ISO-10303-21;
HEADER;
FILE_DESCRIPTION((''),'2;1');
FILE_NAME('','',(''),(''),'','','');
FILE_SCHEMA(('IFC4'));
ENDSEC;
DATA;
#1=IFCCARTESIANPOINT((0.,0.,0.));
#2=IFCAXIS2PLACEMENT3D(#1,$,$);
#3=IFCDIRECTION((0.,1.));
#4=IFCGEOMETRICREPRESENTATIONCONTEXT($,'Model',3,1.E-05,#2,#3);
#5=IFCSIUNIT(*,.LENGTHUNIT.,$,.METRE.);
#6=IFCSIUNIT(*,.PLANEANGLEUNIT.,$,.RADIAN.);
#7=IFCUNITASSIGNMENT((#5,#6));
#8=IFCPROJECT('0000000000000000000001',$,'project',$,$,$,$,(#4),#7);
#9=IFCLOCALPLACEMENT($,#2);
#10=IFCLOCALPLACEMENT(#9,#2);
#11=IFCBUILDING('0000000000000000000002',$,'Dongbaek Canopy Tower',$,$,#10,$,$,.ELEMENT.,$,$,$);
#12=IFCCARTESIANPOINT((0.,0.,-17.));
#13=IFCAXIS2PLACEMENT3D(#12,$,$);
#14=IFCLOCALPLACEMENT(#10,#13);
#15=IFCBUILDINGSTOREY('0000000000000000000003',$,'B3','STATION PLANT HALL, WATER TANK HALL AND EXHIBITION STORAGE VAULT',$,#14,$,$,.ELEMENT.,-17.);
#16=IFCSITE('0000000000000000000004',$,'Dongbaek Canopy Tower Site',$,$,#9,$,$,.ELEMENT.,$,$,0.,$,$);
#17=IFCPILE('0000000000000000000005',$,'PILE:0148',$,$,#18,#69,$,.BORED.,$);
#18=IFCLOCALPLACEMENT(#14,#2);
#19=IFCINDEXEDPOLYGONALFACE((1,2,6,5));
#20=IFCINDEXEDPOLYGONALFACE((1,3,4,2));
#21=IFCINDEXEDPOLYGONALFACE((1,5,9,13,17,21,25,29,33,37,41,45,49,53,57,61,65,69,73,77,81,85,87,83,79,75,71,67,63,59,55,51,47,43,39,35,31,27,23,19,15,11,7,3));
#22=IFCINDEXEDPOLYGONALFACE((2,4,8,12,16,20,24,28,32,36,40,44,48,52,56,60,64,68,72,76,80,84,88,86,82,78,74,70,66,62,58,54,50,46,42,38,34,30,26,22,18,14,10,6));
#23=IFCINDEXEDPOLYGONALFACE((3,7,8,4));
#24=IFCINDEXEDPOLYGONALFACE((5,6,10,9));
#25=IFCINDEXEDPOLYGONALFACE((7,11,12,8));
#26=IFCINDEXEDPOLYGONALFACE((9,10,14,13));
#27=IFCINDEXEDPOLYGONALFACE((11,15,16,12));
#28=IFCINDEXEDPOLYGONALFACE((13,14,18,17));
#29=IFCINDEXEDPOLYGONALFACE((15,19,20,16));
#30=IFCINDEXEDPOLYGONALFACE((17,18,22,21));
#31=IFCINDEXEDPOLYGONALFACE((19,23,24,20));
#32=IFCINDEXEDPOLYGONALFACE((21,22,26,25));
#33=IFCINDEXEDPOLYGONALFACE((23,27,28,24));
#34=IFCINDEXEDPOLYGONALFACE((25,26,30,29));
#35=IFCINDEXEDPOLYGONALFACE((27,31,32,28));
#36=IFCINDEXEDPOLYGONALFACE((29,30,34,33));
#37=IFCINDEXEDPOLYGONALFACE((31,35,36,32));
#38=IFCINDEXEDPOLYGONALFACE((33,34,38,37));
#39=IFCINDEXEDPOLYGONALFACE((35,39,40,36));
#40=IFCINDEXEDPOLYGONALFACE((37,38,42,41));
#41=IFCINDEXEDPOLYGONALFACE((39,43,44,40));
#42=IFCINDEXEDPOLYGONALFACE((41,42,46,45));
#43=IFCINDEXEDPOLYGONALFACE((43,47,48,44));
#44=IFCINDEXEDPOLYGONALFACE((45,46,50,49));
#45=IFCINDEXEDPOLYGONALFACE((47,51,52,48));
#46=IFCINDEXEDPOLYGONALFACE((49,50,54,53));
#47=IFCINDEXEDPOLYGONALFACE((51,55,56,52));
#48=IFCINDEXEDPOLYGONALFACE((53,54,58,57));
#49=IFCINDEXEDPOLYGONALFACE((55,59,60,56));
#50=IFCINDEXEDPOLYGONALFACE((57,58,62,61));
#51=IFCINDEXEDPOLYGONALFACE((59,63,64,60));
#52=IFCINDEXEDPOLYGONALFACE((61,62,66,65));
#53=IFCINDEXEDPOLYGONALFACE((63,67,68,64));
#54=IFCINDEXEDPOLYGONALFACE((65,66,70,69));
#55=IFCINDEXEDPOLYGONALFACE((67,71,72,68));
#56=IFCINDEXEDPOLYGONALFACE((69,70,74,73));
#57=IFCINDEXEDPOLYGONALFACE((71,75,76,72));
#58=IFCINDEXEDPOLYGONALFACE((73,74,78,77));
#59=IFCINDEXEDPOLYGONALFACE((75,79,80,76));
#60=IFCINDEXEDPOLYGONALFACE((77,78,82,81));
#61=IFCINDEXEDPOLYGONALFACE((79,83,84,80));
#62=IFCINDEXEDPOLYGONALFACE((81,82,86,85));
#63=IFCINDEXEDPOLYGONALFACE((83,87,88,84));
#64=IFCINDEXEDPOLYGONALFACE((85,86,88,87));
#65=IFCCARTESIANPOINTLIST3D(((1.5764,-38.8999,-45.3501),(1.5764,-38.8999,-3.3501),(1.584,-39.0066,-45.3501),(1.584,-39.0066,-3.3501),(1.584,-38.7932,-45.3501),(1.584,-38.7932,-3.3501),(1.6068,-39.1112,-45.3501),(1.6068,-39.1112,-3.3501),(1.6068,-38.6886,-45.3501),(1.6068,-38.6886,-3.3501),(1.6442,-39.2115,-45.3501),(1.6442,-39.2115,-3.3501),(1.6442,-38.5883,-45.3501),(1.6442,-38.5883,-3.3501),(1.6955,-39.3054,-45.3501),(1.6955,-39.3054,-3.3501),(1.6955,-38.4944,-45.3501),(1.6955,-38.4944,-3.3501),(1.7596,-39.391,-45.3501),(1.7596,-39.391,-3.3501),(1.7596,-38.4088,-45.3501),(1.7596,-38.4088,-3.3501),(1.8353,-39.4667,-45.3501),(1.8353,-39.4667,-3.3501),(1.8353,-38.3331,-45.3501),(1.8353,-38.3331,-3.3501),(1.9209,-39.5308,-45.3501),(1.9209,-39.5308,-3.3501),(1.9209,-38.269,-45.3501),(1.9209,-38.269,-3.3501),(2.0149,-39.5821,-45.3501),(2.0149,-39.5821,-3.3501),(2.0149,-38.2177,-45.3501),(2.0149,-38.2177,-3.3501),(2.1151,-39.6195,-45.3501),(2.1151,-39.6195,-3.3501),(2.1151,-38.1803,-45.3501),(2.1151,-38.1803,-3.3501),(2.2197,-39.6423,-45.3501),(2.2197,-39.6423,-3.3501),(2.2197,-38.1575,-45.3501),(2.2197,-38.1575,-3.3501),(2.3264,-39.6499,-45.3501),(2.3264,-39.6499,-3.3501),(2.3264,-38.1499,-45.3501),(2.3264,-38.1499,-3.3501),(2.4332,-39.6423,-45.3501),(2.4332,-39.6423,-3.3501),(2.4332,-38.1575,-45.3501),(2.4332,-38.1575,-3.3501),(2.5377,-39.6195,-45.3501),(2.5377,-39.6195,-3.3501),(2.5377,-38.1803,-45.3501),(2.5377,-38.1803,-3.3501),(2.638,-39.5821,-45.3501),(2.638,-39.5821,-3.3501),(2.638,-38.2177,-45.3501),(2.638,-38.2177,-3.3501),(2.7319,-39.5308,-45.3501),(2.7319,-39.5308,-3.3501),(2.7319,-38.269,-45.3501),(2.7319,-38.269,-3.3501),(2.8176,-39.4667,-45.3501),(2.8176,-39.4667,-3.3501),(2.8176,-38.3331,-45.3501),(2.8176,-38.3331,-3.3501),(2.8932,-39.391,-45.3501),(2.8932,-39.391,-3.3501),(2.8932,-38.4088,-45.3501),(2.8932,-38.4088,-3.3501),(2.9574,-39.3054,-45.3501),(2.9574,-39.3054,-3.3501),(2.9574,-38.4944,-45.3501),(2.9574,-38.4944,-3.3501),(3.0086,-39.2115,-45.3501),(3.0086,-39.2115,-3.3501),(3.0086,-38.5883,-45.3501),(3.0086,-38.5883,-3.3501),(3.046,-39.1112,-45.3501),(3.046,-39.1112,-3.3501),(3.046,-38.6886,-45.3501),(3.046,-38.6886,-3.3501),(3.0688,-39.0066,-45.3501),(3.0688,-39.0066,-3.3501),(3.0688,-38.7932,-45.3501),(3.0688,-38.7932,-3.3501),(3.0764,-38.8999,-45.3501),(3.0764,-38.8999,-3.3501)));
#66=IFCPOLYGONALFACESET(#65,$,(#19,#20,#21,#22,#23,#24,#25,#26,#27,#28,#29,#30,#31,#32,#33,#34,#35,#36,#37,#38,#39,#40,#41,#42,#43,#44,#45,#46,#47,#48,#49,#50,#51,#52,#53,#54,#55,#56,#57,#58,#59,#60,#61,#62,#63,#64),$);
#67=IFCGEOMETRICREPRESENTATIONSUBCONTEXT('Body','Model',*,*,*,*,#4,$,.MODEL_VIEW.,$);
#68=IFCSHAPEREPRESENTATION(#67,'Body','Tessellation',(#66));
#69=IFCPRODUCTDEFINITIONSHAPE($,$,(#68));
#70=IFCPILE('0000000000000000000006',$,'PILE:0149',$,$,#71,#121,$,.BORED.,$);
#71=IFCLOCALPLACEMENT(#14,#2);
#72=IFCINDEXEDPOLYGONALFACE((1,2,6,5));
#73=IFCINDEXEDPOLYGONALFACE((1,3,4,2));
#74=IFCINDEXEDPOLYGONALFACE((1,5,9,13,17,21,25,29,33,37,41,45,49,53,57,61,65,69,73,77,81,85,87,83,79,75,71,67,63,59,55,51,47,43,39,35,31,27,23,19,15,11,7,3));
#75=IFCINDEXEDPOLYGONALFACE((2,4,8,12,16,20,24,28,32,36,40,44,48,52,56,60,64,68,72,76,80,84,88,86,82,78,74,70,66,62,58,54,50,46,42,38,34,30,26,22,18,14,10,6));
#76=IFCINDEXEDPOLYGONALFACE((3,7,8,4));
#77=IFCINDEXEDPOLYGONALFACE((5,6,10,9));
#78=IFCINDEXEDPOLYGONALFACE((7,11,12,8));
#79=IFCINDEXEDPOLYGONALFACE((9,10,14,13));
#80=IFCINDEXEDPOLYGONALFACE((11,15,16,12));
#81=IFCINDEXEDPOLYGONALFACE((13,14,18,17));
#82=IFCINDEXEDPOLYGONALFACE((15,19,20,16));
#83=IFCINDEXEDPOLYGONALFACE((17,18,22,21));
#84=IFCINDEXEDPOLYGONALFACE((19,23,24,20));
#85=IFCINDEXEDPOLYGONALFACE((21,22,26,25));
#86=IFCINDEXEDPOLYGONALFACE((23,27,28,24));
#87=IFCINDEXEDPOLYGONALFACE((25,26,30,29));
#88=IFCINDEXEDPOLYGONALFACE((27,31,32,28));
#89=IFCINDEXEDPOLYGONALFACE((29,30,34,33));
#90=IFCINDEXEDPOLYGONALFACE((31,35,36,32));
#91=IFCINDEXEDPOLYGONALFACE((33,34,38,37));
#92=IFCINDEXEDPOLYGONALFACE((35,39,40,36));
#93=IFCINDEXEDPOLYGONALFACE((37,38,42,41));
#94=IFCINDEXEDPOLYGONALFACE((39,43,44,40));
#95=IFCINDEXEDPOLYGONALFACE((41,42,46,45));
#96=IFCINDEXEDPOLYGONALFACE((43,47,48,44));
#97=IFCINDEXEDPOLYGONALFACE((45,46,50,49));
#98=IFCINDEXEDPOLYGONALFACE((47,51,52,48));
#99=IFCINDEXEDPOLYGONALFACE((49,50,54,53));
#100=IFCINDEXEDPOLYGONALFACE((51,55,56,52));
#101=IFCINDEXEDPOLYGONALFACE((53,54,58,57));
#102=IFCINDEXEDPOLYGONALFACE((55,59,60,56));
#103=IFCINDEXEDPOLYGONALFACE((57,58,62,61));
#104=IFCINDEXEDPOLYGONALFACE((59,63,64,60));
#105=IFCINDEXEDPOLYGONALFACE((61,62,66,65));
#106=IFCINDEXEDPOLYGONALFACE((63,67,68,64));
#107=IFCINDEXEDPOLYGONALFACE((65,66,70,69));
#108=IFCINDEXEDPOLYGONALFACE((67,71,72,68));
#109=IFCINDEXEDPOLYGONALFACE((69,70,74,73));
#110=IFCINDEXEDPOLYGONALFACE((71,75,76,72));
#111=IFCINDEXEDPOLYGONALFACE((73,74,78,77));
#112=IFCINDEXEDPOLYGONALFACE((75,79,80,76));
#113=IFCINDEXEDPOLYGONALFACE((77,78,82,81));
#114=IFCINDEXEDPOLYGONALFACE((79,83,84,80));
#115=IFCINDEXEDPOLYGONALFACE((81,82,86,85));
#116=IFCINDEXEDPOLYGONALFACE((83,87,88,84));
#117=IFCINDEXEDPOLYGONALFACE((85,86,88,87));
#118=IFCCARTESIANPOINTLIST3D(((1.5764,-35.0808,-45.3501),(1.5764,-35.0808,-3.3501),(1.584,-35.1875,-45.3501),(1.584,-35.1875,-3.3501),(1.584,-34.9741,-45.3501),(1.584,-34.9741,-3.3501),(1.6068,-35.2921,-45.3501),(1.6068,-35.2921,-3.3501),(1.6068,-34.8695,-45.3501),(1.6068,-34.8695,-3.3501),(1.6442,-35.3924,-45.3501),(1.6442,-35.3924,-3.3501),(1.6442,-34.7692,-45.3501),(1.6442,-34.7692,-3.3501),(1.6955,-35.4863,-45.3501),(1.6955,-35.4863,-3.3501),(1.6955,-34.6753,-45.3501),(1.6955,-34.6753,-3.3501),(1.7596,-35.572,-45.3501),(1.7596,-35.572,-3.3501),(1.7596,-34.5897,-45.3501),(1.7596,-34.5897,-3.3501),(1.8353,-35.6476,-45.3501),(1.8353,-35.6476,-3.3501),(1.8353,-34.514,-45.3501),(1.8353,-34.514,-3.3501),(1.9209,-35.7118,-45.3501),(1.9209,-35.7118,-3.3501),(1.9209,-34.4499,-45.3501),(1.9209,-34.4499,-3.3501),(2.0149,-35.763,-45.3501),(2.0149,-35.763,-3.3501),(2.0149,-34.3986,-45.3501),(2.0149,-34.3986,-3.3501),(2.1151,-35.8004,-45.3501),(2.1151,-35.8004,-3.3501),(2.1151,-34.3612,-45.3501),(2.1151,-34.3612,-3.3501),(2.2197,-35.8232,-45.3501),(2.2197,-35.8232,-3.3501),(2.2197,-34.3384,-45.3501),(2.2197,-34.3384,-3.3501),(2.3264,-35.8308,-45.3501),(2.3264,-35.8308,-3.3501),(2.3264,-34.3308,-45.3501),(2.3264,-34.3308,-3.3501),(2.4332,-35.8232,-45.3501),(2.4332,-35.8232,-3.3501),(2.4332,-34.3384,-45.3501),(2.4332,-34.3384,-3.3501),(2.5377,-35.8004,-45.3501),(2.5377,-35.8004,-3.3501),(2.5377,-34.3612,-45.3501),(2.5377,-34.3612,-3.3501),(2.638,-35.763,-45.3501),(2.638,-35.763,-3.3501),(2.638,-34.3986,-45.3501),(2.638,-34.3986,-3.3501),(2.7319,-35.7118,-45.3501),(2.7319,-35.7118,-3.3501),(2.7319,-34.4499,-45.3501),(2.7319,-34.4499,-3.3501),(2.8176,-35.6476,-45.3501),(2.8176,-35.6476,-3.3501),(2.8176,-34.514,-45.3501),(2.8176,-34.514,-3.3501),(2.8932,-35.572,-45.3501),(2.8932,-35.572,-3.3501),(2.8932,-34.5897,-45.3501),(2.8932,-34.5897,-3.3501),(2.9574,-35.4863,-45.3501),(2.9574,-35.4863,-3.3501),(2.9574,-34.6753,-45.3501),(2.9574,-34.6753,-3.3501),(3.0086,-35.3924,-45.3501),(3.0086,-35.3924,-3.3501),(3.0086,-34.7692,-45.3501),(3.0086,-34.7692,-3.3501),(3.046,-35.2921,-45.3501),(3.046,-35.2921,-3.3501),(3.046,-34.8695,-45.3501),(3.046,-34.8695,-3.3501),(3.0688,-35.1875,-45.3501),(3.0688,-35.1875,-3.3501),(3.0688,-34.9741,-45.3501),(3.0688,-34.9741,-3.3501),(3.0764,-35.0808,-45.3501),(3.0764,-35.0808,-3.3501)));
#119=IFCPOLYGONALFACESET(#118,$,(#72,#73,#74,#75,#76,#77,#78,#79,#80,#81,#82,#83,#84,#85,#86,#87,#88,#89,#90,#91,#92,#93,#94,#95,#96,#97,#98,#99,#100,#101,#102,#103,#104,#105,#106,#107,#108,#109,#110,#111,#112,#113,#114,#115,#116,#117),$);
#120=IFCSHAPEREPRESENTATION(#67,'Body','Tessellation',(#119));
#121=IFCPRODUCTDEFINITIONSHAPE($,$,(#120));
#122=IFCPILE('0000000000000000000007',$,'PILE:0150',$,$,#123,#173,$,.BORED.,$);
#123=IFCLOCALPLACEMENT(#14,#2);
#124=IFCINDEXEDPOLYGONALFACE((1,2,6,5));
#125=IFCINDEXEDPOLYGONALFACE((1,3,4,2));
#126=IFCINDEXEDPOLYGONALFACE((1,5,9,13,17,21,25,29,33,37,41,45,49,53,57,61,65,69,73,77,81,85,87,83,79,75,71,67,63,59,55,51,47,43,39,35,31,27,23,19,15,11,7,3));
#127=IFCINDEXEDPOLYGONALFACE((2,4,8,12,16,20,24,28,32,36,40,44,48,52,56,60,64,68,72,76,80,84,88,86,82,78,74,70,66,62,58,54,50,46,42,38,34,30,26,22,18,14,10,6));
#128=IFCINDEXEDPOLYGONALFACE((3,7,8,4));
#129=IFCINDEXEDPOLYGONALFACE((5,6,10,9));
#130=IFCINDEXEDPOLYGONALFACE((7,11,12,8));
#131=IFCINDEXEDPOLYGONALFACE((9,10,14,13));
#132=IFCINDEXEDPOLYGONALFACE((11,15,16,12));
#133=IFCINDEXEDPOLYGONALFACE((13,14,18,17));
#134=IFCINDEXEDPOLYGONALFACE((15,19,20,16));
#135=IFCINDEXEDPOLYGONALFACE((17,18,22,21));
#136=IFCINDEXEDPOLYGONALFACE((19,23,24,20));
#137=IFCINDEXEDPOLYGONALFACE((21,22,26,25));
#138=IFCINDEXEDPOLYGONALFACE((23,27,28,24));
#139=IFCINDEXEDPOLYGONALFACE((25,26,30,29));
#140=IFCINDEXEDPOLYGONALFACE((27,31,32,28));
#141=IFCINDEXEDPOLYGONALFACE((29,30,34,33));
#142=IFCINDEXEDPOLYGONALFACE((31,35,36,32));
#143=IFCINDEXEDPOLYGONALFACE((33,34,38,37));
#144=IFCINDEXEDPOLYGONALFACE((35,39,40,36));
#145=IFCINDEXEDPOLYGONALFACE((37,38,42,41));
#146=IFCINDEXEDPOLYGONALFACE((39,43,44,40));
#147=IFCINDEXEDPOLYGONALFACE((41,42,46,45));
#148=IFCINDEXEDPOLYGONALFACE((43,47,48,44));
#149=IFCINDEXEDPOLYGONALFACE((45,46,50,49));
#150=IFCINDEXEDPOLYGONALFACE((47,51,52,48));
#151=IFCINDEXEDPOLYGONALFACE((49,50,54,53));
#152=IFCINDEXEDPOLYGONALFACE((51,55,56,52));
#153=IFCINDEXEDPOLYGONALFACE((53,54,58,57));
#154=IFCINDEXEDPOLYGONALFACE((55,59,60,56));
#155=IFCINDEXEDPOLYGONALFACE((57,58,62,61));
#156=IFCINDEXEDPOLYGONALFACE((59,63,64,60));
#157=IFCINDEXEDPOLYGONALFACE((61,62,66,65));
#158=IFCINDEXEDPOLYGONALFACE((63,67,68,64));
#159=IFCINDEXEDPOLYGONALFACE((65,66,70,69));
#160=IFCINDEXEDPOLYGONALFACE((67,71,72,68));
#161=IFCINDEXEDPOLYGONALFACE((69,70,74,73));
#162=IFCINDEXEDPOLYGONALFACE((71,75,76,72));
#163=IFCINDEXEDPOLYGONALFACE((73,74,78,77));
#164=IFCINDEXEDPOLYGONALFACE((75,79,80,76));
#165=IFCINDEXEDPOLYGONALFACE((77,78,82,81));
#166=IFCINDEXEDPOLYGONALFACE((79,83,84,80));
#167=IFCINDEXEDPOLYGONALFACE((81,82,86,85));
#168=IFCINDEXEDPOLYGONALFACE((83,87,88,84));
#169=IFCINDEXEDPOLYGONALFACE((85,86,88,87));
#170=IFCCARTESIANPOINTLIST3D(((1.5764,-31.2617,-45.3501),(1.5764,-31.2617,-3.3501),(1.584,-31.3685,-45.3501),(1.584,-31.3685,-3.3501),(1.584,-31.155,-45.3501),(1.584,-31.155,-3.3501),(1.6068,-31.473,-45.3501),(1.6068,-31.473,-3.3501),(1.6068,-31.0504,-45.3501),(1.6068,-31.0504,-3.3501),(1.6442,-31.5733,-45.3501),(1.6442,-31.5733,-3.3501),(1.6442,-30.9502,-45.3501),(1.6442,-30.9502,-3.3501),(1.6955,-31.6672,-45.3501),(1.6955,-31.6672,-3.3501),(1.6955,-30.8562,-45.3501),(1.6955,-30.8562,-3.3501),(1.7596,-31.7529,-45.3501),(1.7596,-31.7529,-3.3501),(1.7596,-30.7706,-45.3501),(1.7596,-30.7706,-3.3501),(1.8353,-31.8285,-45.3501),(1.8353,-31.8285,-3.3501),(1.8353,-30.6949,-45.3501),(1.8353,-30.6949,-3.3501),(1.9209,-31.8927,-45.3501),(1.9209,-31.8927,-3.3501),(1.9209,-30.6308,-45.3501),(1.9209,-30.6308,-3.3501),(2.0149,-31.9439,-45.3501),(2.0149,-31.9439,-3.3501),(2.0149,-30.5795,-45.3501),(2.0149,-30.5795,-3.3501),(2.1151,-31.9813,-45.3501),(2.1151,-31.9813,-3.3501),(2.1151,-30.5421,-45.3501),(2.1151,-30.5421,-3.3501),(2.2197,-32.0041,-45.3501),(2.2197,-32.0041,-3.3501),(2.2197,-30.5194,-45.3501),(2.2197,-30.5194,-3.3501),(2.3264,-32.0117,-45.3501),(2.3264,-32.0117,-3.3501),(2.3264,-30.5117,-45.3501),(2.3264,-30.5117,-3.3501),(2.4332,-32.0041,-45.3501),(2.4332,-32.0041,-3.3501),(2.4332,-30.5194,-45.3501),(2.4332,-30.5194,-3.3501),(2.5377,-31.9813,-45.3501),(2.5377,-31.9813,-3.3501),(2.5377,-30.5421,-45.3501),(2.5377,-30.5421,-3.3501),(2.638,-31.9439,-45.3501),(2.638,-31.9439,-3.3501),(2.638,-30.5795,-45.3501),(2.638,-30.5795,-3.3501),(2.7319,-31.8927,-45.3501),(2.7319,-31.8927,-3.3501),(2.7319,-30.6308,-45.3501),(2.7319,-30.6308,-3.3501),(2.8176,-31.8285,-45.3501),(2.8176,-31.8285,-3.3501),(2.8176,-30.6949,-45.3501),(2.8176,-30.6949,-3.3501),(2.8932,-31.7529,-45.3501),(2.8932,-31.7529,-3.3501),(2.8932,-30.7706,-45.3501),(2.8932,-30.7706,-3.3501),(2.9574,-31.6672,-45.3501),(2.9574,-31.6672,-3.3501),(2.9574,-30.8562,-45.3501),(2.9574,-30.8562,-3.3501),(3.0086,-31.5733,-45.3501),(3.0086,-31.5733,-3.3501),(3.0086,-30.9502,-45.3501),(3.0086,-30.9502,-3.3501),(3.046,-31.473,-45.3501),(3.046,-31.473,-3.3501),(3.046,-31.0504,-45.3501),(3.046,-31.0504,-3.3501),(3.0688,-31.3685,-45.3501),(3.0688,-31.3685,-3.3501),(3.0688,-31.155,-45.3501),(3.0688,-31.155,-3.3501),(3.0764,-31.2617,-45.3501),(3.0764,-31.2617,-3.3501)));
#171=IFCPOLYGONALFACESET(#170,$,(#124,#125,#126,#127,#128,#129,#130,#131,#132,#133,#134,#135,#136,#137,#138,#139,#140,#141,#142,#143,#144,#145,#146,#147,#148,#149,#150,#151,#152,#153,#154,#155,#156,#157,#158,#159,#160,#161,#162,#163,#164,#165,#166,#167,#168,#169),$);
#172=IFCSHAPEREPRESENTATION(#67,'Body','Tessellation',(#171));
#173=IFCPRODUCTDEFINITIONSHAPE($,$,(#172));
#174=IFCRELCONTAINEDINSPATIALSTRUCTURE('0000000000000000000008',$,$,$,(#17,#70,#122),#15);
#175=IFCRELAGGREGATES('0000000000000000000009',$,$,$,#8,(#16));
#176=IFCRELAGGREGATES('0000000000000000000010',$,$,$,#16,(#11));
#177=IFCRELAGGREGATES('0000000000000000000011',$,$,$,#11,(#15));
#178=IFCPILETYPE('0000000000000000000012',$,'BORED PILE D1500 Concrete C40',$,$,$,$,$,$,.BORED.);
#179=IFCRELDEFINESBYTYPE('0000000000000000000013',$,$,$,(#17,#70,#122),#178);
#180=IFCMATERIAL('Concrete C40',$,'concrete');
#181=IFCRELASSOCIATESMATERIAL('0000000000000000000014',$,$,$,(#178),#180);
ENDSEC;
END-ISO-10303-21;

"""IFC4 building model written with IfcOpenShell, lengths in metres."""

from ifc_helpers import new_model, si_unit, direction, frame, origin, origin_2d, place, context, subcontext, project, spatial, circle, extrude, material, material_profile, profile_set, type_object, element, save


model = new_model("IFC4")

# Units and contexts
model_context = context("Model", 3, precision=1e-05, world=origin(), true_north=direction((0.0, 1.0)))
body_context = subcontext(model_context, "Body", "Model", "MODEL_VIEW")
ifc_project = project(units=[si_unit("LENGTHUNIT", "METRE"), si_unit("PLANEANGLEUNIT", "RADIAN")], contexts=[model_context])

# Site, building, storey
site_placement = place(None, origin())
site = spatial("IfcSite", under=ifc_project, at=site_placement, Name="Dongbaek Canopy Tower Site", CompositionType="ELEMENT", RefElevation=0.0)
building_placement = place(site_placement, origin())
building = spatial("IfcBuilding", under=site, at=building_placement, Name="Dongbaek Canopy Tower", CompositionType="ELEMENT")
storey_placement = place(building_placement, frame((0.0, 0.0, -17.0)))
storey = spatial("IfcBuildingStorey", under=building, at=storey_placement, Name="B3", Description="STATION PLANT HALL, WATER TANK HALL AND EXHIBITION STORAGE VAULT", CompositionType="ELEMENT", Elevation=-17.0)

# Piles
ifc_material_1 = material(Name="Concrete C40", Category="concrete")
ifc_material_profile_1 = material_profile(ifc_material_1, circle(Radius=0.75, at=origin_2d()), Name="BORED PILE D1500 Concrete C40")
ifc_profile_set_1 = profile_set([ifc_material_profile_1], Name="Concrete C40")
pile_type = type_object("IfcPileType", Name="BORED PILE D1500 Concrete C40", PredefinedType="BORED", material=ifc_profile_set_1)
for number, where, z_axis, x_axis, name in (
    (1, (2.3264, -38.8999, -3.3501), (0.0, 0.0, -1.0), (1.0, 0.0, 0.0), "PILE:0148"),
    (2, (2.3264, -35.0808, -3.3501), (0.0, 0.0, -1.0), (1.0, 0.0, 0.0), "PILE:0149"),
    (3, (2.3264, -31.2617, -3.3501), (0.0, 0.0, -1.0), (1.0, 0.0, 0.0), "PILE:0150"),
):
    element("IfcPile", number, at=place(storey_placement, frame(where, z_axis=z_axis, x_axis=x_axis)), inside=storey, type_object=pile_type, Name=name, PredefinedType="BORED", context=body_context, shape_type="SweptSolid", body=[
        extrude(circle(Radius=0.75, at=origin_2d()), origin(), (0.0, 0.0, 1.0), 42.0),
    ])

save(model, "model.ifc")
